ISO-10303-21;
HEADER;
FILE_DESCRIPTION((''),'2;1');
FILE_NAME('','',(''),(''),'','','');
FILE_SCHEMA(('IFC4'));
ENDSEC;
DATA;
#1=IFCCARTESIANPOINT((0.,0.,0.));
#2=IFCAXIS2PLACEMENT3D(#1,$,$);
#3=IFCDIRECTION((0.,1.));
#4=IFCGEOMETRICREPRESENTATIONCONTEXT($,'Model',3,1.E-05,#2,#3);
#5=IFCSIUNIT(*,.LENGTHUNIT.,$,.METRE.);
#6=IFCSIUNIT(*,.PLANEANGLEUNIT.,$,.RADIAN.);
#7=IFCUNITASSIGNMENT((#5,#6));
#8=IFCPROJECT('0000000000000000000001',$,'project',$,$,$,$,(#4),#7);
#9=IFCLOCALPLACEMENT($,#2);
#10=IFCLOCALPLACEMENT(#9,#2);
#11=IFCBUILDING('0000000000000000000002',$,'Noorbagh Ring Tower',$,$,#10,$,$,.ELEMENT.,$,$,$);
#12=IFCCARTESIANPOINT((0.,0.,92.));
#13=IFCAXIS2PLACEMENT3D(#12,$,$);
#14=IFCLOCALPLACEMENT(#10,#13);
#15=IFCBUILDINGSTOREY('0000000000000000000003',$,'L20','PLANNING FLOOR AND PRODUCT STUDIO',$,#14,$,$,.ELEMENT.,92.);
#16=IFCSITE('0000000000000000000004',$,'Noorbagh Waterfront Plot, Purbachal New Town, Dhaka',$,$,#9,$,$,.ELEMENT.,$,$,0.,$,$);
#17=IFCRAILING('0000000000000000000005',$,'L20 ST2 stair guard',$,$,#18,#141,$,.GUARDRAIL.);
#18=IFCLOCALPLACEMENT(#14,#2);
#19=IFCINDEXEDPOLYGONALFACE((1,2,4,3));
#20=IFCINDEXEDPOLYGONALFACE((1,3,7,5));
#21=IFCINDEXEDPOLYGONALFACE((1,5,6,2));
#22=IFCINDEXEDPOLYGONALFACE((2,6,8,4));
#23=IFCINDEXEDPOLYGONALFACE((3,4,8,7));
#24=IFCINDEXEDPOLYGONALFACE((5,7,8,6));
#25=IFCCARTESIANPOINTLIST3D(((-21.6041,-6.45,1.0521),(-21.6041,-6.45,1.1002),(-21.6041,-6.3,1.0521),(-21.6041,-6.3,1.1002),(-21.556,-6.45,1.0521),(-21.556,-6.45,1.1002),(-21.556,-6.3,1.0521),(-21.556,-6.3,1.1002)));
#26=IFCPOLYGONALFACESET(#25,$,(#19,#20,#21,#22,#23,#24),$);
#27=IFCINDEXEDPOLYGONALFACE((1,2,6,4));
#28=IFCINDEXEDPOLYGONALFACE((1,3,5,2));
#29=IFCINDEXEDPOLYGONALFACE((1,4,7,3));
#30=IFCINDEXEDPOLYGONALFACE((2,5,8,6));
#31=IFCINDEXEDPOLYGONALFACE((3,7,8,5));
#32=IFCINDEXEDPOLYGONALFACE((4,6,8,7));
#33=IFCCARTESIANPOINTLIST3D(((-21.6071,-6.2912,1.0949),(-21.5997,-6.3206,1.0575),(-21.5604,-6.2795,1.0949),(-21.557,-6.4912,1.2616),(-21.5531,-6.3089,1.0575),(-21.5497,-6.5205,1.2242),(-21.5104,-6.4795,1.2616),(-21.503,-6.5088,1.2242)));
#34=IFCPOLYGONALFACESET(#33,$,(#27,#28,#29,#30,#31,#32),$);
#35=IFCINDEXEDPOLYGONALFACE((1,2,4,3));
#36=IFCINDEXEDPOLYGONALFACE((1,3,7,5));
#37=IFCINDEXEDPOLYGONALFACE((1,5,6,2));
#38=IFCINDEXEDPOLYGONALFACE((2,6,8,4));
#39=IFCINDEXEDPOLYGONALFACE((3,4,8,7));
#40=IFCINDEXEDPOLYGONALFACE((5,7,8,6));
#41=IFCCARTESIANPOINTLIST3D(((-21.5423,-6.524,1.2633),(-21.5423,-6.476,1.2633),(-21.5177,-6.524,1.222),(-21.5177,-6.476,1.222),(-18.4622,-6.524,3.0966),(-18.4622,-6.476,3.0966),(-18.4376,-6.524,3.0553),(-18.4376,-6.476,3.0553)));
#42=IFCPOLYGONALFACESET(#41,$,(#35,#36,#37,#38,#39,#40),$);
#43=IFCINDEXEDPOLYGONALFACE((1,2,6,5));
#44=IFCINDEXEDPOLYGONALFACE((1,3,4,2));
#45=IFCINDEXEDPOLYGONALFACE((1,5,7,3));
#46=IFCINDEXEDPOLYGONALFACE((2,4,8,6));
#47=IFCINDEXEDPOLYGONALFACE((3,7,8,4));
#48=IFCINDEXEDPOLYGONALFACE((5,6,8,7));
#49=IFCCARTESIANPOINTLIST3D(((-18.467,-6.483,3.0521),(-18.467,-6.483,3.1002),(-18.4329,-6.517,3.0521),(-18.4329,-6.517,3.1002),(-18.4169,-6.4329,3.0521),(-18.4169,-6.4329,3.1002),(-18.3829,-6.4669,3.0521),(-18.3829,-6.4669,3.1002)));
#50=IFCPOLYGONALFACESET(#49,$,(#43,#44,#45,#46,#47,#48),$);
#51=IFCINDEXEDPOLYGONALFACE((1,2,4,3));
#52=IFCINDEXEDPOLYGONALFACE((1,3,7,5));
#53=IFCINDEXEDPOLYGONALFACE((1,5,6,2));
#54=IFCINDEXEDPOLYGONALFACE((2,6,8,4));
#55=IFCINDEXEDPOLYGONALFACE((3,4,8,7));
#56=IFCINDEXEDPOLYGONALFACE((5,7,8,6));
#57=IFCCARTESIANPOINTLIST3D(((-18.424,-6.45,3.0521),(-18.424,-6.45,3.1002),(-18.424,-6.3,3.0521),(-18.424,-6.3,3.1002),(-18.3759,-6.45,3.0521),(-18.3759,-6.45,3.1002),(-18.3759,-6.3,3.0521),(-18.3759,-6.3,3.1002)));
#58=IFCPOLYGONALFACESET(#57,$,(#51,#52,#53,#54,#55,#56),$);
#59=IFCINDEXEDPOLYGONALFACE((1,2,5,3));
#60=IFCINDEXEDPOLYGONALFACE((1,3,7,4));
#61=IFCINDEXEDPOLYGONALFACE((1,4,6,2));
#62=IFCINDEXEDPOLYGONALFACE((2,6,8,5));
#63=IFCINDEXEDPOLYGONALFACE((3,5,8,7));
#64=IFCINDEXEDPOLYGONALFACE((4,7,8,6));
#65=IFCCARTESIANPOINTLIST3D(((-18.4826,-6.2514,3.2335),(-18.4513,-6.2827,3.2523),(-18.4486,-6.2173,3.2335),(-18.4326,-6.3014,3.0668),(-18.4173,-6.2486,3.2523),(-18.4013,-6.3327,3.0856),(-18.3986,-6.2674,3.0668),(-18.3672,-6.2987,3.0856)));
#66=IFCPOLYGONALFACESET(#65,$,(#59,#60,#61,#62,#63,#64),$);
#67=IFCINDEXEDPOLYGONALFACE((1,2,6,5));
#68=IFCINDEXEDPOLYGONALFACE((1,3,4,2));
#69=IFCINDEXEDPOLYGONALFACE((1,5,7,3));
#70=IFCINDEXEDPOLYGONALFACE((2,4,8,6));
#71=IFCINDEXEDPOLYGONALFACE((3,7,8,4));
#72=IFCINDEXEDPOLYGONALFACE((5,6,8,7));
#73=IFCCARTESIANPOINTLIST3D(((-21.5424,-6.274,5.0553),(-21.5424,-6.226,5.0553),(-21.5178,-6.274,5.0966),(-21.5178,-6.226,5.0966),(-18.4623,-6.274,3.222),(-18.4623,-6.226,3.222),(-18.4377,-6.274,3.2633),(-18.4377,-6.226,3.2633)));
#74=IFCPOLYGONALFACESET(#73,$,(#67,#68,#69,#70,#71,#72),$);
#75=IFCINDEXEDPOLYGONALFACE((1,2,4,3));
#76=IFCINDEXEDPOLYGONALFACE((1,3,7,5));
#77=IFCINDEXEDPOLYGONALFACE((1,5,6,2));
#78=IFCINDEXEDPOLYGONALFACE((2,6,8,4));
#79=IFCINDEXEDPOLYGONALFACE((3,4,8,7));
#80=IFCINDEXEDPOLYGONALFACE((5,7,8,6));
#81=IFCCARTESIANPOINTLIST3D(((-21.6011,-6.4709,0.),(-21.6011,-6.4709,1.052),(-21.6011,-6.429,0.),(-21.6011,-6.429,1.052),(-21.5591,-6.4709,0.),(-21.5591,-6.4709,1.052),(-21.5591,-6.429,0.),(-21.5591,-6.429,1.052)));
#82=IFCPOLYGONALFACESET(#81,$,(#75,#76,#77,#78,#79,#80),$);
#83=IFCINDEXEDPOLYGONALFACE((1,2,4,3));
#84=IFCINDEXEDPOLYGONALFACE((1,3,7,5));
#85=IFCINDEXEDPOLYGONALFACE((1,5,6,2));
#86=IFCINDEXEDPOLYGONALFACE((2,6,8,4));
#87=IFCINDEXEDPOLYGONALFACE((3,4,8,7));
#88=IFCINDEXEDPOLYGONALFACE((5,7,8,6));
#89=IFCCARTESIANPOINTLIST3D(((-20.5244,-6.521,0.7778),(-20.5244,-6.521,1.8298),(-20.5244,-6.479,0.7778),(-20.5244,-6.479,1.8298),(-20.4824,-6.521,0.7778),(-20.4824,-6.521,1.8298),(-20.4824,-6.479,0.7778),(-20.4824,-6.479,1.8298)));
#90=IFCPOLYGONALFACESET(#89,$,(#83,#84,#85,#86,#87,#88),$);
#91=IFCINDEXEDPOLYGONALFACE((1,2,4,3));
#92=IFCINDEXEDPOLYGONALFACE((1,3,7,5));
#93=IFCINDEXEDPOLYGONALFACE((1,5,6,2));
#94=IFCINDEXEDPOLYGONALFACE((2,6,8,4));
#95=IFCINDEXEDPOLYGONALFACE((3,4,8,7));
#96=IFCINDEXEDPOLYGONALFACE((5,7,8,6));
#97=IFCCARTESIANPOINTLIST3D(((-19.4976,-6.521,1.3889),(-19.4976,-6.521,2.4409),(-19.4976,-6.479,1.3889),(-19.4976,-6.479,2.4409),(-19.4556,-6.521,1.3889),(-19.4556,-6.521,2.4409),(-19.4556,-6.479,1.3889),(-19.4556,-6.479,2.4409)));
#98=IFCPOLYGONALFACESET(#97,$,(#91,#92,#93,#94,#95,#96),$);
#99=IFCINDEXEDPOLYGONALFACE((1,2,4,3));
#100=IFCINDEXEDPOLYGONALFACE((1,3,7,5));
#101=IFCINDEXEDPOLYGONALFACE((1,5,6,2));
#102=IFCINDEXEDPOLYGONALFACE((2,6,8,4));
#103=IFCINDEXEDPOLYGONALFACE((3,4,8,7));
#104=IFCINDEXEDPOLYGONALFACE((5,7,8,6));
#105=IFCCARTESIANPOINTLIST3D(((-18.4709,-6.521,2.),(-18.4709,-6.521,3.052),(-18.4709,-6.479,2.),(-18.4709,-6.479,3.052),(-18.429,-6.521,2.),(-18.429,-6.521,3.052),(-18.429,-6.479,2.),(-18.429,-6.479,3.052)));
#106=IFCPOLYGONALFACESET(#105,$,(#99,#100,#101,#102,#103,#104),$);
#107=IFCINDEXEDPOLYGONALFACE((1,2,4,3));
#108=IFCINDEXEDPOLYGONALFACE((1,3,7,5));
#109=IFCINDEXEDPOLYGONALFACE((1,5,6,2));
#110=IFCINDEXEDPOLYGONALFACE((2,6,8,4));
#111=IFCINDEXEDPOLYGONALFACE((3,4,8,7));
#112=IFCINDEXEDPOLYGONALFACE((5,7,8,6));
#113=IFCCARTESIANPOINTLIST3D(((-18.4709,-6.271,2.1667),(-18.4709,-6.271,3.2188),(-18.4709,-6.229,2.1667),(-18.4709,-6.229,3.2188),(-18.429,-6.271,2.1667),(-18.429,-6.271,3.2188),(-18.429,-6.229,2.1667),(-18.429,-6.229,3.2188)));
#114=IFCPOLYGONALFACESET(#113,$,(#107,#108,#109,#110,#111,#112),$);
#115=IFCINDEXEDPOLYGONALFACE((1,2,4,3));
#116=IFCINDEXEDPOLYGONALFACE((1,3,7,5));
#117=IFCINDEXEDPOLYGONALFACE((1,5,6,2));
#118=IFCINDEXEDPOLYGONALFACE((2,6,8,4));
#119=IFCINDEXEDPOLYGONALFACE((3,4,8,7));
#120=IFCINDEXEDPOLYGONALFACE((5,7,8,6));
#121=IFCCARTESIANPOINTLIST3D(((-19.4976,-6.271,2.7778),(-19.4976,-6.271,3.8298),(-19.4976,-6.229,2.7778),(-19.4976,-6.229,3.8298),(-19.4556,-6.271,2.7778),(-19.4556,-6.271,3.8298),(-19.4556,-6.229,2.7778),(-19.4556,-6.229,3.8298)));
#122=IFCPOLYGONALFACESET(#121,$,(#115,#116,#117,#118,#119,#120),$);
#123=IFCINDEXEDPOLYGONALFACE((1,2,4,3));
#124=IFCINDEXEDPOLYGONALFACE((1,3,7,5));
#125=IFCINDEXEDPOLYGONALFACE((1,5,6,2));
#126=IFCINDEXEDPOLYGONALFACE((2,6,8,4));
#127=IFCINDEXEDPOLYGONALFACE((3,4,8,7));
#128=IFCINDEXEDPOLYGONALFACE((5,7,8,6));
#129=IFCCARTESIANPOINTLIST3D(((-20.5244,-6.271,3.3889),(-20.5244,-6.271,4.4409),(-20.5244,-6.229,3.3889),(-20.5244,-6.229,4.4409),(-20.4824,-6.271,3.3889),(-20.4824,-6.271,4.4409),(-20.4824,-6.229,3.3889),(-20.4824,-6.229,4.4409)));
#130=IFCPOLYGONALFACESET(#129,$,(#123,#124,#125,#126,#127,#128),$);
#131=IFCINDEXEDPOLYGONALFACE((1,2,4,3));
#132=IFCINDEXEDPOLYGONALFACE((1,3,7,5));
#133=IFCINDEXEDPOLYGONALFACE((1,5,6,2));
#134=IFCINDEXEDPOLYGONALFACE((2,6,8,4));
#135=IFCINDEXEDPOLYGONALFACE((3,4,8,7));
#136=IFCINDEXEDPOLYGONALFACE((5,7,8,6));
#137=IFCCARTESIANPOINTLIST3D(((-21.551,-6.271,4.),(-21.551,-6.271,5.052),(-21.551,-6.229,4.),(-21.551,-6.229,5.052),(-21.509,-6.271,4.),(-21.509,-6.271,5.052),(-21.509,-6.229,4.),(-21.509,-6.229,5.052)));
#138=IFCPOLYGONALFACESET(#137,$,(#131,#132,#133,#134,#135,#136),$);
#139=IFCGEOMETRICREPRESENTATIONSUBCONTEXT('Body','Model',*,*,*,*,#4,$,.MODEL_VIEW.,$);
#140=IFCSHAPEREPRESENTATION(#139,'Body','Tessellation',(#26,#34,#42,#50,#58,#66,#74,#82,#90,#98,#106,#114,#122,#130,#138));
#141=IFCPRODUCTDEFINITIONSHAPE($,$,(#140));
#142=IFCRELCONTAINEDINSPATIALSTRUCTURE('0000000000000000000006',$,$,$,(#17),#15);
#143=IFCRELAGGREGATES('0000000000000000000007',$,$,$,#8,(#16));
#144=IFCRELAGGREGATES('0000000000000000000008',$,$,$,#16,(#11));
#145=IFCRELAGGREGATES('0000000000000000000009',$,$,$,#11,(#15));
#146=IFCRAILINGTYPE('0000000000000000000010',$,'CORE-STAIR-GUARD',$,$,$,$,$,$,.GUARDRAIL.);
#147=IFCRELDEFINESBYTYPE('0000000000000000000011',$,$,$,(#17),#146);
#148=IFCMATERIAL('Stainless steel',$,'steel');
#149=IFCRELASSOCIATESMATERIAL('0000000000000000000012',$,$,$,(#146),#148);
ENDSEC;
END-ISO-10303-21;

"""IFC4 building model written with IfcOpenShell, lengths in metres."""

from ifc_helpers import new_model, si_unit, direction, frame, origin, origin_2d, place, context, subcontext, project, spatial, rectangle, extrude, material, type_object, element, save


model = new_model("IFC4")

# Units and contexts
model_context = context("Model", 3, precision=1e-05, world=origin(), true_north=direction((0.0, 1.0)))
body_context = subcontext(model_context, "Body", "Model", "MODEL_VIEW")
ifc_project = project(units=[si_unit("LENGTHUNIT", "METRE"), si_unit("PLANEANGLEUNIT", "RADIAN")], contexts=[model_context])

# Site, building, storey
site_placement = place(None, origin())
site = spatial("IfcSite", under=ifc_project, at=site_placement, Name="Noorbagh Waterfront Plot, Purbachal New Town, Dhaka", CompositionType="ELEMENT", RefElevation=0.0)
building_placement = place(site_placement, origin())
building = spatial("IfcBuilding", under=site, at=building_placement, Name="Noorbagh Ring Tower", CompositionType="ELEMENT")
storey_placement = place(building_placement, frame((0.0, 0.0, 92.0)))
storey = spatial("IfcBuildingStorey", under=building, at=storey_placement, Name="L20", Description="PLANNING FLOOR AND PRODUCT STUDIO", CompositionType="ELEMENT", Elevation=92.0)

# Railing
ifc_material_1 = material(Name="Stainless steel", Category="steel")
railing_type_1 = type_object("IfcRailingType", Name="CORE-STAIR-GUARD", PredefinedType="GUARDRAIL", material=ifc_material_1)
railing_1_placement = place(storey_placement, frame((-21.5801, -6.45, 0.0)))
element("IfcRailing", 1, at=railing_1_placement, inside=storey, type_object=railing_type_1, Name="L20 ST2 stair guard", PredefinedType="GUARDRAIL", context=body_context, shape_type="SweptSolid", body=[
    extrude(rectangle(XDim=0.0481, YDim=0.0481, at=origin_2d()), frame((0.0, 0.0, 1.0762), z_axis=(0.0, 1.0, 0.0), x_axis=(-1.0, 0.0, 0.0)), (0.0, 0.0, 1.0), 0.1499),
    extrude(rectangle(XDim=0.0481, YDim=0.0481, at=origin_2d()), frame((0.0, 0.1499, 1.0762), z_axis=(0.188776, -0.754182, 0.628946), x_axis=(0.970073, 0.242814, 0.0)), (0.0, 0.0, 1.0), 0.2651),
    extrude(rectangle(XDim=0.0481, YDim=0.0481, at=origin_2d()), frame((0.05, -0.05, 1.2427), z_axis=(0.859309, 0.0, 0.511458), x_axis=(0.0, 1.0, 0.0)), (0.0, 0.0, 1.0), 3.5845),
    extrude(rectangle(XDim=0.0481, YDim=0.0481, at=origin_2d()), frame((3.1301, -0.05, 3.0762), z_axis=(0.707107, 0.707107, 0.0), x_axis=(-0.707107, 0.707107, 0.0)), (0.0, 0.0, 1.0), 0.0708),
    extrude(rectangle(XDim=0.0481, YDim=0.0481, at=origin_2d()), frame((3.1802, 0.0, 3.0762), z_axis=(0.0, 1.0, 0.0), x_axis=(-1.0, 0.0, 0.0)), (0.0, 0.0, 1.0), 0.1499),
    extrude(rectangle(XDim=0.0481, YDim=0.0481, at=origin_2d()), frame((3.1802, 0.1499, 3.0762), z_axis=(-0.276287, 0.276287, 0.920506), x_axis=(-0.707107, -0.707107, 0.0)), (0.0, 0.0, 1.0), 0.1812),
    extrude(rectangle(XDim=0.0481, YDim=0.0481, at=origin_2d()), frame((3.1301, 0.2, 3.2427), z_axis=(-0.859309, 0.0, 0.511458), x_axis=(0.0, -1.0, 0.0)), (0.0, 0.0, 1.0), 3.5845),
    extrude(rectangle(XDim=0.042, YDim=0.042, at=origin_2d()), origin(), (0.0, 0.0, 1.0), 1.052),
    extrude(rectangle(XDim=0.042, YDim=0.042, at=origin_2d()), frame((1.0767, -0.05, 0.7778)), (0.0, 0.0, 1.0), 1.052),
    extrude(rectangle(XDim=0.042, YDim=0.042, at=origin_2d()), frame((2.1035, -0.05, 1.3889)), (0.0, 0.0, 1.0), 1.052),
    extrude(rectangle(XDim=0.042, YDim=0.042, at=origin_2d()), frame((3.1301, -0.05, 2.0)), (0.0, 0.0, 1.0), 1.052),
    extrude(rectangle(XDim=0.042, YDim=0.042, at=origin_2d()), frame((3.1301, 0.2, 2.1667)), (0.0, 0.0, 1.0), 1.052),
    extrude(rectangle(XDim=0.042, YDim=0.042, at=origin_2d()), frame((2.1035, 0.2, 2.7778)), (0.0, 0.0, 1.0), 1.052),
    extrude(rectangle(XDim=0.042, YDim=0.042, at=origin_2d()), frame((1.0767, 0.2, 3.3889)), (0.0, 0.0, 1.0), 1.052),
    extrude(rectangle(XDim=0.042, YDim=0.042, at=origin_2d()), frame((0.05, 0.2, 4.0)), (0.0, 0.0, 1.0), 1.052),
])

save(model, "model.ifc")
